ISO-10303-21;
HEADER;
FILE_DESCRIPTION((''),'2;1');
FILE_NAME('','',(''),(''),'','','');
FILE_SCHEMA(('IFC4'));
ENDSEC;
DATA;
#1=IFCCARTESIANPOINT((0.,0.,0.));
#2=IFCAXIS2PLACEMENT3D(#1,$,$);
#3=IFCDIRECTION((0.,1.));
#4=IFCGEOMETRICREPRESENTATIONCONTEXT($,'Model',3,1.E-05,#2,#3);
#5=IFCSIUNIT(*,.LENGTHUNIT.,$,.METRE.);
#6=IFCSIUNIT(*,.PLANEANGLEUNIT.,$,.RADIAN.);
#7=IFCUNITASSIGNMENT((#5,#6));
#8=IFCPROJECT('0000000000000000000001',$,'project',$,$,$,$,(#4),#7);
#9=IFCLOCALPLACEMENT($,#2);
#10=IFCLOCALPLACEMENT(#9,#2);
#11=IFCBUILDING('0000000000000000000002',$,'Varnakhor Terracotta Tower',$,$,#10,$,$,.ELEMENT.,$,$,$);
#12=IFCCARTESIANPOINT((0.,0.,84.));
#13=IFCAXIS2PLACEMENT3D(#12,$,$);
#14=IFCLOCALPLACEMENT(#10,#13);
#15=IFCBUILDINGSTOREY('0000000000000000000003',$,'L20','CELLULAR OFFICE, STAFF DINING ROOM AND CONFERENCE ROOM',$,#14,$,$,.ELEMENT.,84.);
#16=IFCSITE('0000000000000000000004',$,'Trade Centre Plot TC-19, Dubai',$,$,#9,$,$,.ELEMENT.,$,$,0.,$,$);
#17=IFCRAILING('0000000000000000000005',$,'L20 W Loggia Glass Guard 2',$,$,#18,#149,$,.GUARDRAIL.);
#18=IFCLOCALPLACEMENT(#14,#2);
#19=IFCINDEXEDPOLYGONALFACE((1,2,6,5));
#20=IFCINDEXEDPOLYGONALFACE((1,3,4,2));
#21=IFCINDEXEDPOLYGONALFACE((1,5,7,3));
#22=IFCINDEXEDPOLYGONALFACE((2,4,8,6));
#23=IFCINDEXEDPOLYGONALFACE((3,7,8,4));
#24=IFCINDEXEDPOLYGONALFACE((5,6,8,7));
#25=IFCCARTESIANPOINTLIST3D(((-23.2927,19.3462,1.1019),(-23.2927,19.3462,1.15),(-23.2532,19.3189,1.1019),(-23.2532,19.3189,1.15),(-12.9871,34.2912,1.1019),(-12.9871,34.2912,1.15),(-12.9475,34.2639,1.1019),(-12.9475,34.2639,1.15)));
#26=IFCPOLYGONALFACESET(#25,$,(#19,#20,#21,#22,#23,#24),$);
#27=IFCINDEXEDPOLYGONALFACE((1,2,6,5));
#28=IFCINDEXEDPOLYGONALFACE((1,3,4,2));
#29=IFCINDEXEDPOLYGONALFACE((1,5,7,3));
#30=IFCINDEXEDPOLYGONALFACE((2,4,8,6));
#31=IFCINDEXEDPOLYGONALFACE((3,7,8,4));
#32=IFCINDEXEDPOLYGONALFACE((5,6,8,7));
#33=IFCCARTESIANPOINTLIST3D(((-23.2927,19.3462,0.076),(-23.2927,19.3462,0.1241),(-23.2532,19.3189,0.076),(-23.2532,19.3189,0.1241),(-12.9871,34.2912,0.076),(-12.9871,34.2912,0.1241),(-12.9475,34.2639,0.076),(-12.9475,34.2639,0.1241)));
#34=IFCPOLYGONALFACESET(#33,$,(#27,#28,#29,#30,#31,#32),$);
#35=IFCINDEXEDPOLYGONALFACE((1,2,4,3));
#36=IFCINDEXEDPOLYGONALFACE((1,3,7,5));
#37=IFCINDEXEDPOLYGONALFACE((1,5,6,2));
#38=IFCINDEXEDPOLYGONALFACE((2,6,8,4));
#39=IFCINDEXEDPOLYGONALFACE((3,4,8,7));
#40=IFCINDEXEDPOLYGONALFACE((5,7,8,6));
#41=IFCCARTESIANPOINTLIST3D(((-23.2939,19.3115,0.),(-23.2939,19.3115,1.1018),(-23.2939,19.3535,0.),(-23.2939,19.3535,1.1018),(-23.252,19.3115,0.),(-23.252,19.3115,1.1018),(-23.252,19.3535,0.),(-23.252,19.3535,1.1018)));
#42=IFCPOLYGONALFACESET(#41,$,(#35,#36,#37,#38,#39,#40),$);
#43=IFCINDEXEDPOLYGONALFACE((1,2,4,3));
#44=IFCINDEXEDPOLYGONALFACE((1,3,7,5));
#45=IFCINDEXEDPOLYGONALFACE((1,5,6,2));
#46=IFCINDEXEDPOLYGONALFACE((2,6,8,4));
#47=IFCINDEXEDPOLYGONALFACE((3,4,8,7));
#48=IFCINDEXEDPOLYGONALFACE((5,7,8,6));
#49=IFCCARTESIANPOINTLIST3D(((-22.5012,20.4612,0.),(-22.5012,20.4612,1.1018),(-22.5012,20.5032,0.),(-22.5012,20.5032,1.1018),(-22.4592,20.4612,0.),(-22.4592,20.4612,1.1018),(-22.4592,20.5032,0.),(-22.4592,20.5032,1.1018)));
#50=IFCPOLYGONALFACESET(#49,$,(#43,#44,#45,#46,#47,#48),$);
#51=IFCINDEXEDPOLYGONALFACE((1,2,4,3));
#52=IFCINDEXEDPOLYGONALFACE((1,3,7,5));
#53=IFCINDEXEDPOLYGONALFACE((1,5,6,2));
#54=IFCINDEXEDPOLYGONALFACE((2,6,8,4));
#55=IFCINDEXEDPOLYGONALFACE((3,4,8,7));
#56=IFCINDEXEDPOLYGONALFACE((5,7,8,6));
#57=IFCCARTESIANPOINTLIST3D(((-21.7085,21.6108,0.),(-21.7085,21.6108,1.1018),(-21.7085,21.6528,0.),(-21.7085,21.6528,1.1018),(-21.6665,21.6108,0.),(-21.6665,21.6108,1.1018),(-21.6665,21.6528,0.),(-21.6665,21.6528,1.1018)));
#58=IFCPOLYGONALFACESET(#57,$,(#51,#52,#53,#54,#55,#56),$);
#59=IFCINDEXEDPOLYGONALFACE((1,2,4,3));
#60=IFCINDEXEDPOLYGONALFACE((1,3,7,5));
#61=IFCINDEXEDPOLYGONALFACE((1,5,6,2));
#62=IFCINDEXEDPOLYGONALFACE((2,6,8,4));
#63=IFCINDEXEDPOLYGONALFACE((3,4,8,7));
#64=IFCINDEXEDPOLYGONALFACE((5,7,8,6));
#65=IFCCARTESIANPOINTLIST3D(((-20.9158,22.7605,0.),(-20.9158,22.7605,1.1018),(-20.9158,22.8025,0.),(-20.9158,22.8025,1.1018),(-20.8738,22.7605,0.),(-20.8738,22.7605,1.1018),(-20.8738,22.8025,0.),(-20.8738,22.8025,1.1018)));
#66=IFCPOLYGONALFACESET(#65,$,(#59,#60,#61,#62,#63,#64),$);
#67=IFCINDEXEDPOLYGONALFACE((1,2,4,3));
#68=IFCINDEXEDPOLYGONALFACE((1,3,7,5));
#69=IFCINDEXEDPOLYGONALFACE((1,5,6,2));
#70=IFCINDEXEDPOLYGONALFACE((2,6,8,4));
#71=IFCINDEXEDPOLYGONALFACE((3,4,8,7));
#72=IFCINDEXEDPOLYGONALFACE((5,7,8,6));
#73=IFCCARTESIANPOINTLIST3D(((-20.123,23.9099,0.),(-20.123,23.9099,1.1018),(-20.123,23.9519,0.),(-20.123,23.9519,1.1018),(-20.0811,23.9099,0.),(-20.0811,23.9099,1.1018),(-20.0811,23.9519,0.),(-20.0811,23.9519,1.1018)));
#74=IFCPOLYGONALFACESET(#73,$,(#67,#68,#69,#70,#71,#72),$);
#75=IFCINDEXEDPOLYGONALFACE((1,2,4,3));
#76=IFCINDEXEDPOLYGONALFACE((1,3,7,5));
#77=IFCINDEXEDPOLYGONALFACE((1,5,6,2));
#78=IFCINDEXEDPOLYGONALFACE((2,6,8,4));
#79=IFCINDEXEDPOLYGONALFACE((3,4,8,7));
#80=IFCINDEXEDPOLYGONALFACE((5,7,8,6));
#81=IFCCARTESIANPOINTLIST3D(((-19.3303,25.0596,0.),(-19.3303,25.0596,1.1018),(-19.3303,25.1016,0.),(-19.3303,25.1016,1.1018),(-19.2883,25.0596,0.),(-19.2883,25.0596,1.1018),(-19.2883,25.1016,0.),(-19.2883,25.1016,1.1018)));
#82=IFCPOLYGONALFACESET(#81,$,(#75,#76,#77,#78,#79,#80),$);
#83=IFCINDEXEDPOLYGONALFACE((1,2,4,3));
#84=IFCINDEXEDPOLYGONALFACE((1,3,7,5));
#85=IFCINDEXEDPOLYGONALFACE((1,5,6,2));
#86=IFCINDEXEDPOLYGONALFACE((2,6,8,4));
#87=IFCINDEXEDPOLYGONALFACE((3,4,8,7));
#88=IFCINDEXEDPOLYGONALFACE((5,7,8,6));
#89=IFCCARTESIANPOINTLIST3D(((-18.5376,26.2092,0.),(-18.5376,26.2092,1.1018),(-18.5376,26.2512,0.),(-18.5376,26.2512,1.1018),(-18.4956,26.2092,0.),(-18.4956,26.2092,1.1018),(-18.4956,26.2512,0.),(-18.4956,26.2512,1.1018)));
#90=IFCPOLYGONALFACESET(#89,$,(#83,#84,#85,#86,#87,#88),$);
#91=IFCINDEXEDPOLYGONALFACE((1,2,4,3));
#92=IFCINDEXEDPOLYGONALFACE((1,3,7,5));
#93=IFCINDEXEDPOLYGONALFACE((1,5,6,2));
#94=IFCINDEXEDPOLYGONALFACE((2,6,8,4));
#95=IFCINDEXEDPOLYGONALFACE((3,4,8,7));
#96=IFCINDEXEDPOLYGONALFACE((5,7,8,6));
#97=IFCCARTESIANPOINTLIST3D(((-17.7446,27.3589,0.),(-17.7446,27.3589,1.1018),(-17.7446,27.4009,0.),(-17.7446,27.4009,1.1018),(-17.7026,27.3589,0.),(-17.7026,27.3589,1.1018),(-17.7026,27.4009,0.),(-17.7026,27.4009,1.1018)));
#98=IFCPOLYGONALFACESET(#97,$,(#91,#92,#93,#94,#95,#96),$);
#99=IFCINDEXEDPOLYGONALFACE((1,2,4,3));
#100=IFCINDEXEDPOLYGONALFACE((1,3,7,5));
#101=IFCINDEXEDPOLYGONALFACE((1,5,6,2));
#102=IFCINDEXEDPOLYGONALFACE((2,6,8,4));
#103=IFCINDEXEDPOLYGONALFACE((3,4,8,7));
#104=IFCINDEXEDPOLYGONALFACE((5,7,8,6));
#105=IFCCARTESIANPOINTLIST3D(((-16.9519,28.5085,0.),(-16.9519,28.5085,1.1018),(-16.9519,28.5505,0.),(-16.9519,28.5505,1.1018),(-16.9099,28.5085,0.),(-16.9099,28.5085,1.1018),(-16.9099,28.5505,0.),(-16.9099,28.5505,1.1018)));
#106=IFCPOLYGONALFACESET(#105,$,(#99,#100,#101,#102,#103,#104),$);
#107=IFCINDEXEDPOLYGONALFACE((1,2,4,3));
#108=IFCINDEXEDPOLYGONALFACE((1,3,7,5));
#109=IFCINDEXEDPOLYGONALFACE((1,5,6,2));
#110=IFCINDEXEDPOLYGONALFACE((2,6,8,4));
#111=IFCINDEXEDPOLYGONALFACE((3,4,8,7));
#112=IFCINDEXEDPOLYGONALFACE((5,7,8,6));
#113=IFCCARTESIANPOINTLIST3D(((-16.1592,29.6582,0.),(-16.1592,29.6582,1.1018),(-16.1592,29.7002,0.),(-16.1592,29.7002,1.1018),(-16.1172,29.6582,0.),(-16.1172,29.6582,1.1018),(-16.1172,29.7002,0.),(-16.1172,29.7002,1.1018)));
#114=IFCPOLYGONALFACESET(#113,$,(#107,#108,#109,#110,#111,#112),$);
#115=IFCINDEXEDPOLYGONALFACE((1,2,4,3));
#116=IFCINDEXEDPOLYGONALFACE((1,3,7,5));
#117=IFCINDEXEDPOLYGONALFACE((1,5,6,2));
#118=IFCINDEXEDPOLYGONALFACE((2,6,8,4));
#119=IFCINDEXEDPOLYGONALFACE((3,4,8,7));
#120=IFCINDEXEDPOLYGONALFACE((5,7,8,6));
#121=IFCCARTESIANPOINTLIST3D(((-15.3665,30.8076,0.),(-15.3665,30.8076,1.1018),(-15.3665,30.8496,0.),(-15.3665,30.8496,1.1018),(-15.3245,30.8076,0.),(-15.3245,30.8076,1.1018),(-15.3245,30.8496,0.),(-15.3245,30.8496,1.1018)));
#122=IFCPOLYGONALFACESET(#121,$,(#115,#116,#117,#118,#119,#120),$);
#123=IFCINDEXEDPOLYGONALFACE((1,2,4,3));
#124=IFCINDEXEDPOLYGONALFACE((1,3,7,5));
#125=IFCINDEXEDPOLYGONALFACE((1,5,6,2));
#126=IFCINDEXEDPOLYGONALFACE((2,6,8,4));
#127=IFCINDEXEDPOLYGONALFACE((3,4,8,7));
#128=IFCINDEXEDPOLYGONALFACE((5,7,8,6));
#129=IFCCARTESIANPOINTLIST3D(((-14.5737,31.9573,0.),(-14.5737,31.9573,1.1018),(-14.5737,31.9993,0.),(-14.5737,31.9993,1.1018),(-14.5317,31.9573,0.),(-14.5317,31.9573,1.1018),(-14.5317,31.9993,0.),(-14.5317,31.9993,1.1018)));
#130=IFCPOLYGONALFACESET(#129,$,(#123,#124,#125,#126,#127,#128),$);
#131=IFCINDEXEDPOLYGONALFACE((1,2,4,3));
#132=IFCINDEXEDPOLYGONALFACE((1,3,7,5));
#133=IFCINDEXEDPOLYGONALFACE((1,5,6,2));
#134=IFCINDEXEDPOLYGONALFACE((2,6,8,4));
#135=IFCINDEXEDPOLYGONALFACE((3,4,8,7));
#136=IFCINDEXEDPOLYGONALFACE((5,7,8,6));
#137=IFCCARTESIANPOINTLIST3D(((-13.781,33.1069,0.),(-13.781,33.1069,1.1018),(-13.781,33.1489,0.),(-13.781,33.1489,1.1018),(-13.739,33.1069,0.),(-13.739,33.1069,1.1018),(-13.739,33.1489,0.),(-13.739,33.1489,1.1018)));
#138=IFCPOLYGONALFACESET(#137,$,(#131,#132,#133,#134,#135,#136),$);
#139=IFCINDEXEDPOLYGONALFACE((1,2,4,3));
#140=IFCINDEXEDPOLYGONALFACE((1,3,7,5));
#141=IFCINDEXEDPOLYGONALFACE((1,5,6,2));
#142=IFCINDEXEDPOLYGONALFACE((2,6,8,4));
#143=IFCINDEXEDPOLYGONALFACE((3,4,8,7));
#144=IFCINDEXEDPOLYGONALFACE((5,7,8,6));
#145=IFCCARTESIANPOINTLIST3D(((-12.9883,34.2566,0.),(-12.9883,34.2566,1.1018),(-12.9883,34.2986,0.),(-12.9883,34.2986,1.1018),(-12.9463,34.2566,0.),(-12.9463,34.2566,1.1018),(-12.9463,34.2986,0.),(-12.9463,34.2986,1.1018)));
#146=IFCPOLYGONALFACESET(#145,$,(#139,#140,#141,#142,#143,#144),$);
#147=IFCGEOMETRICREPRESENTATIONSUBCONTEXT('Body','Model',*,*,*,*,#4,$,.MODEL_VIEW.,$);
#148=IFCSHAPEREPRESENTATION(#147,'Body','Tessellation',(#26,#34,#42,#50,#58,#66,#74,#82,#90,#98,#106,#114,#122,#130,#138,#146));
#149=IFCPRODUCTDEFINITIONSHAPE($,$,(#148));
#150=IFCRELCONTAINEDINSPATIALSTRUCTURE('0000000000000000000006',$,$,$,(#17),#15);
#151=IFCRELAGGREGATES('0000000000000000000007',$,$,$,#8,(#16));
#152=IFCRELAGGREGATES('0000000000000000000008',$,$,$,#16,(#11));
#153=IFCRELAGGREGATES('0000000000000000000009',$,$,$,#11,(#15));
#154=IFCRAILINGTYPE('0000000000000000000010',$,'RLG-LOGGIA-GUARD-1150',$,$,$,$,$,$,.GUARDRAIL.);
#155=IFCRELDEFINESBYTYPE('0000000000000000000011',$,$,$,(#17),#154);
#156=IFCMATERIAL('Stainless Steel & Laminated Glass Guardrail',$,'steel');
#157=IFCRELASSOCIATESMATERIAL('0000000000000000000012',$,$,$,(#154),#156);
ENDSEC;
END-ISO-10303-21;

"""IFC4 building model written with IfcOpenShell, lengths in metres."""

from ifc_helpers import new_model, si_unit, direction, frame, origin, origin_2d, place, context, subcontext, project, spatial, rectangle, extrude, material, type_object, element, save


model = new_model("IFC4")

# Units and contexts
model_context = context("Model", 3, precision=1e-05, world=origin(), true_north=direction((0.0, 1.0)))
body_context = subcontext(model_context, "Body", "Model", "MODEL_VIEW")
ifc_project = project(units=[si_unit("LENGTHUNIT", "METRE"), si_unit("PLANEANGLEUNIT", "RADIAN")], contexts=[model_context])

# Site, building, storey
site_placement = place(None, origin())
site = spatial("IfcSite", under=ifc_project, at=site_placement, Name="Trade Centre Plot TC-19, Dubai", CompositionType="ELEMENT", RefElevation=0.0)
building_placement = place(site_placement, origin())
building = spatial("IfcBuilding", under=site, at=building_placement, Name="Varnakhor Terracotta Tower", CompositionType="ELEMENT")
storey_placement = place(building_placement, frame((0.0, 0.0, 84.0)))
storey = spatial("IfcBuildingStorey", under=building, at=storey_placement, Name="L20", Description="CELLULAR OFFICE, STAFF DINING ROOM AND CONFERENCE ROOM", CompositionType="ELEMENT", Elevation=84.0)

# Railing
ifc_material_1 = material(Name="Stainless Steel & Laminated Glass Guardrail", Category="steel")
railing_type = type_object("IfcRailingType", Name="RLG-LOGGIA-GUARD-1150", PredefinedType="GUARDRAIL", material=ifc_material_1)
railing_1_placement = place(storey_placement, frame((-23.2729, 19.3325, 0.0)))
element("IfcRailing", 1, at=railing_1_placement, inside=storey, type_object=railing_type, Name="L20 W Loggia Glass Guard 2", PredefinedType="GUARDRAIL", context=body_context, shape_type="SweptSolid", body=[
    extrude(rectangle(XDim=0.0481, YDim=0.0481, at=origin_2d()), frame((0.0, 0.0, 1.126), z_axis=(0.567685, 0.823246, 0.0), x_axis=(-0.823246, 0.567685, 0.0)), (0.0, 0.0, 1.0), 18.1538),
    extrude(rectangle(XDim=0.0481, YDim=0.0481, at=origin_2d()), frame((0.0, 0.0, 0.1001), z_axis=(0.567685, 0.823246, 0.0), x_axis=(-0.823246, 0.567685, 0.0)), (0.0, 0.0, 1.0), 18.1538),
    extrude(rectangle(XDim=0.042, YDim=0.042, at=origin_2d()), origin(), (0.0, 0.0, 1.0), 1.1018),
    extrude(rectangle(XDim=0.042, YDim=0.042, at=origin_2d()), frame((0.7927, 1.1497, 0.0)), (0.0, 0.0, 1.0), 1.1018),
    extrude(rectangle(XDim=0.042, YDim=0.042, at=origin_2d()), frame((1.5854, 2.2993, 0.0)), (0.0, 0.0, 1.0), 1.1018),
    extrude(rectangle(XDim=0.042, YDim=0.042, at=origin_2d()), frame((2.3782, 3.449, 0.0)), (0.0, 0.0, 1.0), 1.1018),
    extrude(rectangle(XDim=0.042, YDim=0.042, at=origin_2d()), frame((3.1709, 4.5984, 0.0)), (0.0, 0.0, 1.0), 1.1018),
    extrude(rectangle(XDim=0.042, YDim=0.042, at=origin_2d()), frame((3.9636, 5.748, 0.0)), (0.0, 0.0, 1.0), 1.1018),
    extrude(rectangle(XDim=0.042, YDim=0.042, at=origin_2d()), frame((4.7563, 6.8977, 0.0)), (0.0, 0.0, 1.0), 1.1018),
    extrude(rectangle(XDim=0.042, YDim=0.042, at=origin_2d()), frame((5.5493, 8.0474, 0.0)), (0.0, 0.0, 1.0), 1.1018),
    extrude(rectangle(XDim=0.042, YDim=0.042, at=origin_2d()), frame((6.342, 9.197, 0.0)), (0.0, 0.0, 1.0), 1.1018),
    extrude(rectangle(XDim=0.042, YDim=0.042, at=origin_2d()), frame((7.1348, 10.3467, 0.0)), (0.0, 0.0, 1.0), 1.1018),
    extrude(rectangle(XDim=0.042, YDim=0.042, at=origin_2d()), frame((7.9275, 11.4961, 0.0)), (0.0, 0.0, 1.0), 1.1018),
    extrude(rectangle(XDim=0.042, YDim=0.042, at=origin_2d()), frame((8.7202, 12.6458, 0.0)), (0.0, 0.0, 1.0), 1.1018),
    extrude(rectangle(XDim=0.042, YDim=0.042, at=origin_2d()), frame((9.5129, 13.7954, 0.0)), (0.0, 0.0, 1.0), 1.1018),
    extrude(rectangle(XDim=0.042, YDim=0.042, at=origin_2d()), frame((10.3057, 14.9451, 0.0)), (0.0, 0.0, 1.0), 1.1018),
])

save(model, "model.ifc")
